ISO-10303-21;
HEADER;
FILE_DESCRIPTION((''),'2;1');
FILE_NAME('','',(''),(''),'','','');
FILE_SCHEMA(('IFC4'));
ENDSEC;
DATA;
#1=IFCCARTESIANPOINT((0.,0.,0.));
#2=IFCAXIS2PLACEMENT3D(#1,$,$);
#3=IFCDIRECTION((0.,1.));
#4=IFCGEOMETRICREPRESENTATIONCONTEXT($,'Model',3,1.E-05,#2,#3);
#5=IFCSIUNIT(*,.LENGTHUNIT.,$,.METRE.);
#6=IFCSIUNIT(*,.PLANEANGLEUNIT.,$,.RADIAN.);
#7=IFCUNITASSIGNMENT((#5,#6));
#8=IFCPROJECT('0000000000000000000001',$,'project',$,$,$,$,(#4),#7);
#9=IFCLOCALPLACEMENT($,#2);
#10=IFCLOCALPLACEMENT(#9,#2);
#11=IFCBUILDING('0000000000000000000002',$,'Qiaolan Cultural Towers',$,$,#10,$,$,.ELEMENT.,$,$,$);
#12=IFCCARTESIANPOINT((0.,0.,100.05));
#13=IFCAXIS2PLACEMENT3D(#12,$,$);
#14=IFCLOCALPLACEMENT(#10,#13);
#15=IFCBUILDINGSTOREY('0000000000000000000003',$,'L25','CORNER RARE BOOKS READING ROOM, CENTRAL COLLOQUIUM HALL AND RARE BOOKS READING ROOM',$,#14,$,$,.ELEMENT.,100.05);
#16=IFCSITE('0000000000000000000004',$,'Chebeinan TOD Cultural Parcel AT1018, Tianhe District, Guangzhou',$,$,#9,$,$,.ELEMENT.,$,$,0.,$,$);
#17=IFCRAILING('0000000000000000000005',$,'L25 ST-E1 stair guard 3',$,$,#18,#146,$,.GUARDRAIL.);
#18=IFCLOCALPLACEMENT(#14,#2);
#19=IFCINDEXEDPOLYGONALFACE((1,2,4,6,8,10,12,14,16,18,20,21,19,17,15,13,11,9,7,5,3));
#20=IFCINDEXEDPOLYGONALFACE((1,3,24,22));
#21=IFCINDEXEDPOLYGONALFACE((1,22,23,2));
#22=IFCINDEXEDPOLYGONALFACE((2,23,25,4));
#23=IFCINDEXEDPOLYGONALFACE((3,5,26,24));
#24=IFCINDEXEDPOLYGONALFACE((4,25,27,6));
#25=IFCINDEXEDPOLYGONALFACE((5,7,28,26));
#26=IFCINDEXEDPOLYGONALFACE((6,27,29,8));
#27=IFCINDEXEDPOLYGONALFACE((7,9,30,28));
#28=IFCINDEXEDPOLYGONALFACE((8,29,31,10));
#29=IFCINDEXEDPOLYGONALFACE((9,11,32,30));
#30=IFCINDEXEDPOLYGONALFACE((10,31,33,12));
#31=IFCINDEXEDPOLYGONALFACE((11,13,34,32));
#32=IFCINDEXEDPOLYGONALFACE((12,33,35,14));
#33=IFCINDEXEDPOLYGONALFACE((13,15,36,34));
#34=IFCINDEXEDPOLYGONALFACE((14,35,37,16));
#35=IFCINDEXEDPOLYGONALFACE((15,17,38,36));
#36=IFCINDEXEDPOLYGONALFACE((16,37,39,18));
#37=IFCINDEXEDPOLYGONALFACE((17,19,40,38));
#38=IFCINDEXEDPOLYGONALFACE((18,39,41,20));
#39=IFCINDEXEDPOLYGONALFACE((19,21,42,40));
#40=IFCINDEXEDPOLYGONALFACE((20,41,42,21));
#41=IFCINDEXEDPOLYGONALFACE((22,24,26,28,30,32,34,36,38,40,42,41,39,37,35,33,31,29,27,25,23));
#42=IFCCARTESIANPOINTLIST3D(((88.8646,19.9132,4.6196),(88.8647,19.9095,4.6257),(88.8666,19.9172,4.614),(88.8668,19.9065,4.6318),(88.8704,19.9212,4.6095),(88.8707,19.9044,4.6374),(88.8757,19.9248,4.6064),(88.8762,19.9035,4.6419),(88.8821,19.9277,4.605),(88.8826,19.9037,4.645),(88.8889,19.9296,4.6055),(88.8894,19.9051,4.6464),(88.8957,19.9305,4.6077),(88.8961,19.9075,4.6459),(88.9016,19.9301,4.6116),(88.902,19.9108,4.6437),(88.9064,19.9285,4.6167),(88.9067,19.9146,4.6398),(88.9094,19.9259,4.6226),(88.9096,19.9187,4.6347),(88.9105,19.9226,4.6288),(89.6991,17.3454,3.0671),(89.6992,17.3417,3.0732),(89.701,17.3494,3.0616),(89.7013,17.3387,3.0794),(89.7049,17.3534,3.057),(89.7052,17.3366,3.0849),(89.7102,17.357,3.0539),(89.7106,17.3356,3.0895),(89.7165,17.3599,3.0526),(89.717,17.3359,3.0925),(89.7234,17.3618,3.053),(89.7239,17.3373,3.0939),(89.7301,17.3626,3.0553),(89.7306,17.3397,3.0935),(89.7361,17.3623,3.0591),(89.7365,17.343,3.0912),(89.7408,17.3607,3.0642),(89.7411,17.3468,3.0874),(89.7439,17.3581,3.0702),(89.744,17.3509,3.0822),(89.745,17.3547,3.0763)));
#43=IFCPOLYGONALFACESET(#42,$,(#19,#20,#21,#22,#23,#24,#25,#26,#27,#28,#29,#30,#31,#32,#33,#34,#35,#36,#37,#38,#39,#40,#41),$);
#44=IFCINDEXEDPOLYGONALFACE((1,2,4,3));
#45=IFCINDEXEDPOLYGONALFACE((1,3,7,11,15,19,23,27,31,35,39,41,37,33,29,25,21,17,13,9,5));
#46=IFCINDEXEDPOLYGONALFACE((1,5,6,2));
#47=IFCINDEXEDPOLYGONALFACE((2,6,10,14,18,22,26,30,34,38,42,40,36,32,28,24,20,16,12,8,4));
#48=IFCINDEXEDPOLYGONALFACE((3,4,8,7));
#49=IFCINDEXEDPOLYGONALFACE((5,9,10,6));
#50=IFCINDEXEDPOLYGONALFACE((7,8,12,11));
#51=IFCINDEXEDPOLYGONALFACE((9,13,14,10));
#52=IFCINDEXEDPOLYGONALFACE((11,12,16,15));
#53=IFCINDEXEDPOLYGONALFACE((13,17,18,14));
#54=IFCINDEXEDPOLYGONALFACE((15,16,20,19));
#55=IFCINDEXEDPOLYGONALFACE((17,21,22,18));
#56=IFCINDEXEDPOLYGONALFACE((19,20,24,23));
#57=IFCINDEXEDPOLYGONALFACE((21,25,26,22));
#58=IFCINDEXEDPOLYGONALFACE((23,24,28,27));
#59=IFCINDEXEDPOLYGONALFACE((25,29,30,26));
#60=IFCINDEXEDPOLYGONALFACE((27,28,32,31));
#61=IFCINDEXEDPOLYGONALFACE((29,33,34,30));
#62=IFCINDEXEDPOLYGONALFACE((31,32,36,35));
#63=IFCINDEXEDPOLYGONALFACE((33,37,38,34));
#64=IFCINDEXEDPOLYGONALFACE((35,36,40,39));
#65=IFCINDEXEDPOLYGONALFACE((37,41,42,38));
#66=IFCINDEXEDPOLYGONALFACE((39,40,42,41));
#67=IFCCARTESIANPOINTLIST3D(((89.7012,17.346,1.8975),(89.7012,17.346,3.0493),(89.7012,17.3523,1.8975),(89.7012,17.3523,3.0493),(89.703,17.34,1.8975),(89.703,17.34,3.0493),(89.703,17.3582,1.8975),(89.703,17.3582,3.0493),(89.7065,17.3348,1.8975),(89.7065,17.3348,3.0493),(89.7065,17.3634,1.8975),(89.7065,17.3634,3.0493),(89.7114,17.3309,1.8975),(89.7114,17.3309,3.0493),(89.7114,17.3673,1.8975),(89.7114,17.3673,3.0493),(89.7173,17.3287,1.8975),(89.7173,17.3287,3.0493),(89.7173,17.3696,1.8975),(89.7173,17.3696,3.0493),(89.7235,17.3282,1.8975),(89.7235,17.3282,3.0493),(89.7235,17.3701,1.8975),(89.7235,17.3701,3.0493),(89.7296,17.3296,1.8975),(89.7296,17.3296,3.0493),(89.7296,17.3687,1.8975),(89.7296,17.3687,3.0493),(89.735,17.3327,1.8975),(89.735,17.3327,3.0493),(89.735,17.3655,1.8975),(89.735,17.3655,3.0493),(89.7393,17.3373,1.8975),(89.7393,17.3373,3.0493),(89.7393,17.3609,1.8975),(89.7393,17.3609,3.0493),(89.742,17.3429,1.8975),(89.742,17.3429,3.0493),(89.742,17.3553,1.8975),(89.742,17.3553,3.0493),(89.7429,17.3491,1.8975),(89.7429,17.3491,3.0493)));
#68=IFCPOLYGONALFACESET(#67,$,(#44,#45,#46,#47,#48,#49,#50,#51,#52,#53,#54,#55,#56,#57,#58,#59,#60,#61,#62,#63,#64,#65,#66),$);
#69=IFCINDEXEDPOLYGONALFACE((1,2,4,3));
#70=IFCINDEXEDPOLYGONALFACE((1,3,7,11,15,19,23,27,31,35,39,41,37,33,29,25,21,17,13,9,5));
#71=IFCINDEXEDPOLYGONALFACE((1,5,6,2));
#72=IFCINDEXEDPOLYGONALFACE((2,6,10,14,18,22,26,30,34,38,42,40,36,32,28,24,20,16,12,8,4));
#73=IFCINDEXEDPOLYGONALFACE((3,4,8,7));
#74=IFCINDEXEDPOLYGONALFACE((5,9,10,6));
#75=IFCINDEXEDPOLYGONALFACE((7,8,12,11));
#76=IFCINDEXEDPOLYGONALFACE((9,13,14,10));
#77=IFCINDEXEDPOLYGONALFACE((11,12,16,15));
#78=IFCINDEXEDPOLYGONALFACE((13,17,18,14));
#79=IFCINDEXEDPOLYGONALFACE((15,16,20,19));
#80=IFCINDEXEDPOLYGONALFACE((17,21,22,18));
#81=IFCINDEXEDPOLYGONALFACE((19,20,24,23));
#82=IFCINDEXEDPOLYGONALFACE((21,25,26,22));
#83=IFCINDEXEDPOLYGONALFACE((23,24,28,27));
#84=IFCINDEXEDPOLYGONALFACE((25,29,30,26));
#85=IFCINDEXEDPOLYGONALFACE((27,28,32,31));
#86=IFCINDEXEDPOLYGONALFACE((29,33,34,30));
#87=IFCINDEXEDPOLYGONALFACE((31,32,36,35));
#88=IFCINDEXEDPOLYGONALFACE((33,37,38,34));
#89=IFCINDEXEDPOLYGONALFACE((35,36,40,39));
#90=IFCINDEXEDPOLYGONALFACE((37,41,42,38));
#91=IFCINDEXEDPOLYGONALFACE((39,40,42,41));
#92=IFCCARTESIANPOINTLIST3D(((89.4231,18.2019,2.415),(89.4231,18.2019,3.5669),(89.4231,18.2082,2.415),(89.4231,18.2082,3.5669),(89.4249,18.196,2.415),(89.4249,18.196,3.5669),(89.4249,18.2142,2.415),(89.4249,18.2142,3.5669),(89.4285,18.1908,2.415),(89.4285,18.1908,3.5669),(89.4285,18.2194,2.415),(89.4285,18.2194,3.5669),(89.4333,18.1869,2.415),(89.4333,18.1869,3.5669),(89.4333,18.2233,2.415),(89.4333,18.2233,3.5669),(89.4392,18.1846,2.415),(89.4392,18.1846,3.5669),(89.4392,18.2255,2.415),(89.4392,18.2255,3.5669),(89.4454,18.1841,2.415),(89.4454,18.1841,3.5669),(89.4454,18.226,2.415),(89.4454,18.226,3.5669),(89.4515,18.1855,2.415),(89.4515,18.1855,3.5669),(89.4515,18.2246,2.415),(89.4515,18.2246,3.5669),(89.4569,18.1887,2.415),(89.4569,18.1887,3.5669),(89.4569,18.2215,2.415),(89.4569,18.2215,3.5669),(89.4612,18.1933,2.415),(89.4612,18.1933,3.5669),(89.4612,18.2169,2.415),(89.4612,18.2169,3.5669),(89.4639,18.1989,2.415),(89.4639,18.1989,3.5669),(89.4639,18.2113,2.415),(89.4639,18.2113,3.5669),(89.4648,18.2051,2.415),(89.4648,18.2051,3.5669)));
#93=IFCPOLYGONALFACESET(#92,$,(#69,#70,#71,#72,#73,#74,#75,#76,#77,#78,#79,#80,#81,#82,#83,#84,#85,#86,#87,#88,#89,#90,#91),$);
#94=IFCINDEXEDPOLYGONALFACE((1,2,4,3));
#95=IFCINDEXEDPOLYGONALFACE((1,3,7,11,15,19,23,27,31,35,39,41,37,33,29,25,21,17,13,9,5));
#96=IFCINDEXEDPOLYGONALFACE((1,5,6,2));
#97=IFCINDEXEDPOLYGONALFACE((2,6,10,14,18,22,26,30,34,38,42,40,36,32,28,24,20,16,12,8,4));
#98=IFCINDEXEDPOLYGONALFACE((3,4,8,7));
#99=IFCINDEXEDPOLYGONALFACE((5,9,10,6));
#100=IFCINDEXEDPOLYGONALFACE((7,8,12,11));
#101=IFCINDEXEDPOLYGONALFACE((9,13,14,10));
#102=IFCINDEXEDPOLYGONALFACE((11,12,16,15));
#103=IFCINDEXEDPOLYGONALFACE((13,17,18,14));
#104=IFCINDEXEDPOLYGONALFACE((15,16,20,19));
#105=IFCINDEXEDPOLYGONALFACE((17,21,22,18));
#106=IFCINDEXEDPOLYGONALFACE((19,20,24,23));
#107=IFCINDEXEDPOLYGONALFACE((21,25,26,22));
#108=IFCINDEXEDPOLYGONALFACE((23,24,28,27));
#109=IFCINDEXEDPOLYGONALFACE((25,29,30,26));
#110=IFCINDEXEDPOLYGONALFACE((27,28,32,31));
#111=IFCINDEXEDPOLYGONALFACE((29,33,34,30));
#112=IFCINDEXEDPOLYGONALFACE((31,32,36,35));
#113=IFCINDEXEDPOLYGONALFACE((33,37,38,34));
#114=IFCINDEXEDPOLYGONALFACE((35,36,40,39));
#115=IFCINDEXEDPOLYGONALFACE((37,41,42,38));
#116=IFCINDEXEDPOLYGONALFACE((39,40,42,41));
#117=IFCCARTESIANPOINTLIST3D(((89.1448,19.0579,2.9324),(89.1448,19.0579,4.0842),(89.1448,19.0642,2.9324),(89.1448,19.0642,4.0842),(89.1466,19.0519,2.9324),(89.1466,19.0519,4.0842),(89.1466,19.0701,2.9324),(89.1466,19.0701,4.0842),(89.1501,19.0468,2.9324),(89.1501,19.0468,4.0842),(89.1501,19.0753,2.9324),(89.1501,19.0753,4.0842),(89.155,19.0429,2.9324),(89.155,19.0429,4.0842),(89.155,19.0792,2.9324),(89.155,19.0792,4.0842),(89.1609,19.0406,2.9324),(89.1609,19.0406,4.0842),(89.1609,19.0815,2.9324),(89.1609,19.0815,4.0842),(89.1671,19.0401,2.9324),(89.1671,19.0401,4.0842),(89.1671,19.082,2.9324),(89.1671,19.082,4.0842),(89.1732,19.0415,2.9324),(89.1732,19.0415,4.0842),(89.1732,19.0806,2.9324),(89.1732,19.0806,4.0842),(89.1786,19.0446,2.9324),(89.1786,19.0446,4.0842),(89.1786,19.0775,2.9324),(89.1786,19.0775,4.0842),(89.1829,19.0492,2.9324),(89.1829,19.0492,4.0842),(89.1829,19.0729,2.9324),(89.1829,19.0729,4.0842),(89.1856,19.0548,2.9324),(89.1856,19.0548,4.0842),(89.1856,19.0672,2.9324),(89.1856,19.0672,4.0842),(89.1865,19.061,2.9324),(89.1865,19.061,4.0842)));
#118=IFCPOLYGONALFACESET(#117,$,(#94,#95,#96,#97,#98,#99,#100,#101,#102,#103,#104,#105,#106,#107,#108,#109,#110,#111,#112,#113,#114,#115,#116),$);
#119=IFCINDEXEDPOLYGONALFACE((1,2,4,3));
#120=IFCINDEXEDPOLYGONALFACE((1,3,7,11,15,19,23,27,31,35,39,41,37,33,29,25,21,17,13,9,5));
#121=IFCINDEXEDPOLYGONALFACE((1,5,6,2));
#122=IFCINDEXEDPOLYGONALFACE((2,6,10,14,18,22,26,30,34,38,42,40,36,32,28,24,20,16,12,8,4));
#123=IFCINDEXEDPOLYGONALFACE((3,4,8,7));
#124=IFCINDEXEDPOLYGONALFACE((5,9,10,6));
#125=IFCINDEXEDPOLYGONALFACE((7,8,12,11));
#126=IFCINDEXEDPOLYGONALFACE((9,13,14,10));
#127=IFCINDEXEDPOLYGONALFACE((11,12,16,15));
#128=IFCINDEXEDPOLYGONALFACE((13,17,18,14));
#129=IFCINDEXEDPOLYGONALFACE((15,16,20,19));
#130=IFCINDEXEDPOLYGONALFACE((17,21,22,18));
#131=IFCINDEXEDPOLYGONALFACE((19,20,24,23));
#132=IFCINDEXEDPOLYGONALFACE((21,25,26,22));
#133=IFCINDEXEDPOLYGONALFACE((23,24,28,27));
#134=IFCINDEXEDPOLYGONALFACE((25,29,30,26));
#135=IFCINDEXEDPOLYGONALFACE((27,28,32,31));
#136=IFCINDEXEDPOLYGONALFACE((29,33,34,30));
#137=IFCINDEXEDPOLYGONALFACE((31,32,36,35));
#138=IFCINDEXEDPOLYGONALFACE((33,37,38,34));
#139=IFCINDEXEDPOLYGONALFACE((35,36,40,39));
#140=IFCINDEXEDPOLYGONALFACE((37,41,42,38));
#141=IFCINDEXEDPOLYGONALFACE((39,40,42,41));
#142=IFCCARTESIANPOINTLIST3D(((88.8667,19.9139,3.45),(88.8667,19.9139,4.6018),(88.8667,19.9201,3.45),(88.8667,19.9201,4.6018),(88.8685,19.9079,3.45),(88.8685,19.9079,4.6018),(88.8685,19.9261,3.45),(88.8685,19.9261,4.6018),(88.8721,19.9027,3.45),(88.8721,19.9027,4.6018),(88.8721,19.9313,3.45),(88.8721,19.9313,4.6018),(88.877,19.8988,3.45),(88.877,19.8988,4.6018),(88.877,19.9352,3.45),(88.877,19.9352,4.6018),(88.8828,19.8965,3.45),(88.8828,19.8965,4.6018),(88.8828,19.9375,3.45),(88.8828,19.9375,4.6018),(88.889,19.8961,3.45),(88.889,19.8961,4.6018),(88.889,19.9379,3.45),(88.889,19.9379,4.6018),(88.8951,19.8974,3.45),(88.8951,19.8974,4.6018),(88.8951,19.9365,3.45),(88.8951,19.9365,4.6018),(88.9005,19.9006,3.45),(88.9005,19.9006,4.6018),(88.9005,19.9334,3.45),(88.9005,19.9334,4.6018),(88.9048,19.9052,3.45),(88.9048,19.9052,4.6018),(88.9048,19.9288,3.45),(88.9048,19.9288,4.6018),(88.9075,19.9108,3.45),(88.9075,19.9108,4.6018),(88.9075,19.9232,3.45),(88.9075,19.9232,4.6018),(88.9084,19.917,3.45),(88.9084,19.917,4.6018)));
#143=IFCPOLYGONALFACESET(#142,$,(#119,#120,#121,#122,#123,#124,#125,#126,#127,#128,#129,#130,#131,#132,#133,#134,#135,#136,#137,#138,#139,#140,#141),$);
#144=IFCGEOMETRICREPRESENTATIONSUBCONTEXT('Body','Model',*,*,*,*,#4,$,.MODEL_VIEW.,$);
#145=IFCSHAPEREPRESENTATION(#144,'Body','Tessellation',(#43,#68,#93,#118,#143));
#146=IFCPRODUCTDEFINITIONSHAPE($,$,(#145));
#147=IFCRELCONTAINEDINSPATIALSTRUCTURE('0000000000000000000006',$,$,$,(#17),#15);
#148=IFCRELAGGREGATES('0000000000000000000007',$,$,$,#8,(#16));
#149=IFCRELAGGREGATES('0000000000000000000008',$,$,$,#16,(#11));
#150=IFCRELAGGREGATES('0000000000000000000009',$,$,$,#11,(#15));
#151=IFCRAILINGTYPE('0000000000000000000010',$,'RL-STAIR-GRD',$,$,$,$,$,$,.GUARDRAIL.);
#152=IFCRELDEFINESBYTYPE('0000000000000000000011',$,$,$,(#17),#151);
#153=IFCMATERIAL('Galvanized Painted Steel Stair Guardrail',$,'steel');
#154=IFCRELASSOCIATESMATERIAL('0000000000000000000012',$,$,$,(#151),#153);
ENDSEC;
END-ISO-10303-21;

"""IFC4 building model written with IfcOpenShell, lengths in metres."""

from ifc_helpers import new_model, si_unit, direction, frame, origin, origin_2d, place, context, subcontext, project, spatial, circle, extrude, material, type_object, element, save


model = new_model("IFC4")

# Units and contexts
model_context = context("Model", 3, precision=1e-05, world=origin(), true_north=direction((0.0, 1.0)))
body_context = subcontext(model_context, "Body", "Model", "MODEL_VIEW")
ifc_project = project(units=[si_unit("LENGTHUNIT", "METRE"), si_unit("PLANEANGLEUNIT", "RADIAN")], contexts=[model_context])

# Site, building, storey
site_placement = place(None, origin())
site = spatial("IfcSite", under=ifc_project, at=site_placement, Name="Chebeinan TOD Cultural Parcel AT1018, Tianhe District, Guangzhou", CompositionType="ELEMENT", RefElevation=0.0)
building_placement = place(site_placement, origin())
building = spatial("IfcBuilding", under=site, at=building_placement, Name="Qiaolan Cultural Towers", CompositionType="ELEMENT")
storey_placement = place(building_placement, frame((0.0, 0.0, 100.05)))
storey = spatial("IfcBuildingStorey", under=building, at=storey_placement, Name="L25", Description="CORNER RARE BOOKS READING ROOM, CENTRAL COLLOQUIUM HALL AND RARE BOOKS READING ROOM", CompositionType="ELEMENT", Elevation=100.05)

# Railing
ifc_material_1 = material(Name="Galvanized Painted Steel Stair Guardrail", Category="steel")
railing_type_1 = type_object("IfcRailingType", Name="RL-STAIR-GRD", PredefinedType="GUARDRAIL", material=ifc_material_1)
railing_1_placement = place(storey_placement, frame((89.7219, 17.3491, 1.8975)))
element("IfcRailing", 1, at=railing_1_placement, inside=storey, type_object=railing_type_1, Name="L25 ST-E1 stair guard 3", PredefinedType="GUARDRAIL", context=body_context, shape_type="SweptSolid", body=[
    extrude(circle(Radius=0.0239, at=origin_2d()), frame((0.0, 0.0, 1.1758), z_axis=(-0.267926, 0.824471, 0.498461), x_axis=(-0.951043, -0.309057, 0.0)), (0.0, 0.0, 1.0), 3.1145),
    extrude(circle(Radius=0.021, at=origin_2d()), origin(), (0.0, 0.0, 1.0), 1.1519),
    extrude(circle(Radius=0.021, at=origin_2d()), frame((-0.2781, 0.856, 0.5176)), (0.0, 0.0, 1.0), 1.1519),
    extrude(circle(Radius=0.021, at=origin_2d()), frame((-0.5564, 1.7119, 1.0349)), (0.0, 0.0, 1.0), 1.1519),
    extrude(circle(Radius=0.021, at=origin_2d()), frame((-0.8345, 2.5679, 1.5525)), (0.0, 0.0, 1.0), 1.1519),
])

save(model, "model.ifc")
